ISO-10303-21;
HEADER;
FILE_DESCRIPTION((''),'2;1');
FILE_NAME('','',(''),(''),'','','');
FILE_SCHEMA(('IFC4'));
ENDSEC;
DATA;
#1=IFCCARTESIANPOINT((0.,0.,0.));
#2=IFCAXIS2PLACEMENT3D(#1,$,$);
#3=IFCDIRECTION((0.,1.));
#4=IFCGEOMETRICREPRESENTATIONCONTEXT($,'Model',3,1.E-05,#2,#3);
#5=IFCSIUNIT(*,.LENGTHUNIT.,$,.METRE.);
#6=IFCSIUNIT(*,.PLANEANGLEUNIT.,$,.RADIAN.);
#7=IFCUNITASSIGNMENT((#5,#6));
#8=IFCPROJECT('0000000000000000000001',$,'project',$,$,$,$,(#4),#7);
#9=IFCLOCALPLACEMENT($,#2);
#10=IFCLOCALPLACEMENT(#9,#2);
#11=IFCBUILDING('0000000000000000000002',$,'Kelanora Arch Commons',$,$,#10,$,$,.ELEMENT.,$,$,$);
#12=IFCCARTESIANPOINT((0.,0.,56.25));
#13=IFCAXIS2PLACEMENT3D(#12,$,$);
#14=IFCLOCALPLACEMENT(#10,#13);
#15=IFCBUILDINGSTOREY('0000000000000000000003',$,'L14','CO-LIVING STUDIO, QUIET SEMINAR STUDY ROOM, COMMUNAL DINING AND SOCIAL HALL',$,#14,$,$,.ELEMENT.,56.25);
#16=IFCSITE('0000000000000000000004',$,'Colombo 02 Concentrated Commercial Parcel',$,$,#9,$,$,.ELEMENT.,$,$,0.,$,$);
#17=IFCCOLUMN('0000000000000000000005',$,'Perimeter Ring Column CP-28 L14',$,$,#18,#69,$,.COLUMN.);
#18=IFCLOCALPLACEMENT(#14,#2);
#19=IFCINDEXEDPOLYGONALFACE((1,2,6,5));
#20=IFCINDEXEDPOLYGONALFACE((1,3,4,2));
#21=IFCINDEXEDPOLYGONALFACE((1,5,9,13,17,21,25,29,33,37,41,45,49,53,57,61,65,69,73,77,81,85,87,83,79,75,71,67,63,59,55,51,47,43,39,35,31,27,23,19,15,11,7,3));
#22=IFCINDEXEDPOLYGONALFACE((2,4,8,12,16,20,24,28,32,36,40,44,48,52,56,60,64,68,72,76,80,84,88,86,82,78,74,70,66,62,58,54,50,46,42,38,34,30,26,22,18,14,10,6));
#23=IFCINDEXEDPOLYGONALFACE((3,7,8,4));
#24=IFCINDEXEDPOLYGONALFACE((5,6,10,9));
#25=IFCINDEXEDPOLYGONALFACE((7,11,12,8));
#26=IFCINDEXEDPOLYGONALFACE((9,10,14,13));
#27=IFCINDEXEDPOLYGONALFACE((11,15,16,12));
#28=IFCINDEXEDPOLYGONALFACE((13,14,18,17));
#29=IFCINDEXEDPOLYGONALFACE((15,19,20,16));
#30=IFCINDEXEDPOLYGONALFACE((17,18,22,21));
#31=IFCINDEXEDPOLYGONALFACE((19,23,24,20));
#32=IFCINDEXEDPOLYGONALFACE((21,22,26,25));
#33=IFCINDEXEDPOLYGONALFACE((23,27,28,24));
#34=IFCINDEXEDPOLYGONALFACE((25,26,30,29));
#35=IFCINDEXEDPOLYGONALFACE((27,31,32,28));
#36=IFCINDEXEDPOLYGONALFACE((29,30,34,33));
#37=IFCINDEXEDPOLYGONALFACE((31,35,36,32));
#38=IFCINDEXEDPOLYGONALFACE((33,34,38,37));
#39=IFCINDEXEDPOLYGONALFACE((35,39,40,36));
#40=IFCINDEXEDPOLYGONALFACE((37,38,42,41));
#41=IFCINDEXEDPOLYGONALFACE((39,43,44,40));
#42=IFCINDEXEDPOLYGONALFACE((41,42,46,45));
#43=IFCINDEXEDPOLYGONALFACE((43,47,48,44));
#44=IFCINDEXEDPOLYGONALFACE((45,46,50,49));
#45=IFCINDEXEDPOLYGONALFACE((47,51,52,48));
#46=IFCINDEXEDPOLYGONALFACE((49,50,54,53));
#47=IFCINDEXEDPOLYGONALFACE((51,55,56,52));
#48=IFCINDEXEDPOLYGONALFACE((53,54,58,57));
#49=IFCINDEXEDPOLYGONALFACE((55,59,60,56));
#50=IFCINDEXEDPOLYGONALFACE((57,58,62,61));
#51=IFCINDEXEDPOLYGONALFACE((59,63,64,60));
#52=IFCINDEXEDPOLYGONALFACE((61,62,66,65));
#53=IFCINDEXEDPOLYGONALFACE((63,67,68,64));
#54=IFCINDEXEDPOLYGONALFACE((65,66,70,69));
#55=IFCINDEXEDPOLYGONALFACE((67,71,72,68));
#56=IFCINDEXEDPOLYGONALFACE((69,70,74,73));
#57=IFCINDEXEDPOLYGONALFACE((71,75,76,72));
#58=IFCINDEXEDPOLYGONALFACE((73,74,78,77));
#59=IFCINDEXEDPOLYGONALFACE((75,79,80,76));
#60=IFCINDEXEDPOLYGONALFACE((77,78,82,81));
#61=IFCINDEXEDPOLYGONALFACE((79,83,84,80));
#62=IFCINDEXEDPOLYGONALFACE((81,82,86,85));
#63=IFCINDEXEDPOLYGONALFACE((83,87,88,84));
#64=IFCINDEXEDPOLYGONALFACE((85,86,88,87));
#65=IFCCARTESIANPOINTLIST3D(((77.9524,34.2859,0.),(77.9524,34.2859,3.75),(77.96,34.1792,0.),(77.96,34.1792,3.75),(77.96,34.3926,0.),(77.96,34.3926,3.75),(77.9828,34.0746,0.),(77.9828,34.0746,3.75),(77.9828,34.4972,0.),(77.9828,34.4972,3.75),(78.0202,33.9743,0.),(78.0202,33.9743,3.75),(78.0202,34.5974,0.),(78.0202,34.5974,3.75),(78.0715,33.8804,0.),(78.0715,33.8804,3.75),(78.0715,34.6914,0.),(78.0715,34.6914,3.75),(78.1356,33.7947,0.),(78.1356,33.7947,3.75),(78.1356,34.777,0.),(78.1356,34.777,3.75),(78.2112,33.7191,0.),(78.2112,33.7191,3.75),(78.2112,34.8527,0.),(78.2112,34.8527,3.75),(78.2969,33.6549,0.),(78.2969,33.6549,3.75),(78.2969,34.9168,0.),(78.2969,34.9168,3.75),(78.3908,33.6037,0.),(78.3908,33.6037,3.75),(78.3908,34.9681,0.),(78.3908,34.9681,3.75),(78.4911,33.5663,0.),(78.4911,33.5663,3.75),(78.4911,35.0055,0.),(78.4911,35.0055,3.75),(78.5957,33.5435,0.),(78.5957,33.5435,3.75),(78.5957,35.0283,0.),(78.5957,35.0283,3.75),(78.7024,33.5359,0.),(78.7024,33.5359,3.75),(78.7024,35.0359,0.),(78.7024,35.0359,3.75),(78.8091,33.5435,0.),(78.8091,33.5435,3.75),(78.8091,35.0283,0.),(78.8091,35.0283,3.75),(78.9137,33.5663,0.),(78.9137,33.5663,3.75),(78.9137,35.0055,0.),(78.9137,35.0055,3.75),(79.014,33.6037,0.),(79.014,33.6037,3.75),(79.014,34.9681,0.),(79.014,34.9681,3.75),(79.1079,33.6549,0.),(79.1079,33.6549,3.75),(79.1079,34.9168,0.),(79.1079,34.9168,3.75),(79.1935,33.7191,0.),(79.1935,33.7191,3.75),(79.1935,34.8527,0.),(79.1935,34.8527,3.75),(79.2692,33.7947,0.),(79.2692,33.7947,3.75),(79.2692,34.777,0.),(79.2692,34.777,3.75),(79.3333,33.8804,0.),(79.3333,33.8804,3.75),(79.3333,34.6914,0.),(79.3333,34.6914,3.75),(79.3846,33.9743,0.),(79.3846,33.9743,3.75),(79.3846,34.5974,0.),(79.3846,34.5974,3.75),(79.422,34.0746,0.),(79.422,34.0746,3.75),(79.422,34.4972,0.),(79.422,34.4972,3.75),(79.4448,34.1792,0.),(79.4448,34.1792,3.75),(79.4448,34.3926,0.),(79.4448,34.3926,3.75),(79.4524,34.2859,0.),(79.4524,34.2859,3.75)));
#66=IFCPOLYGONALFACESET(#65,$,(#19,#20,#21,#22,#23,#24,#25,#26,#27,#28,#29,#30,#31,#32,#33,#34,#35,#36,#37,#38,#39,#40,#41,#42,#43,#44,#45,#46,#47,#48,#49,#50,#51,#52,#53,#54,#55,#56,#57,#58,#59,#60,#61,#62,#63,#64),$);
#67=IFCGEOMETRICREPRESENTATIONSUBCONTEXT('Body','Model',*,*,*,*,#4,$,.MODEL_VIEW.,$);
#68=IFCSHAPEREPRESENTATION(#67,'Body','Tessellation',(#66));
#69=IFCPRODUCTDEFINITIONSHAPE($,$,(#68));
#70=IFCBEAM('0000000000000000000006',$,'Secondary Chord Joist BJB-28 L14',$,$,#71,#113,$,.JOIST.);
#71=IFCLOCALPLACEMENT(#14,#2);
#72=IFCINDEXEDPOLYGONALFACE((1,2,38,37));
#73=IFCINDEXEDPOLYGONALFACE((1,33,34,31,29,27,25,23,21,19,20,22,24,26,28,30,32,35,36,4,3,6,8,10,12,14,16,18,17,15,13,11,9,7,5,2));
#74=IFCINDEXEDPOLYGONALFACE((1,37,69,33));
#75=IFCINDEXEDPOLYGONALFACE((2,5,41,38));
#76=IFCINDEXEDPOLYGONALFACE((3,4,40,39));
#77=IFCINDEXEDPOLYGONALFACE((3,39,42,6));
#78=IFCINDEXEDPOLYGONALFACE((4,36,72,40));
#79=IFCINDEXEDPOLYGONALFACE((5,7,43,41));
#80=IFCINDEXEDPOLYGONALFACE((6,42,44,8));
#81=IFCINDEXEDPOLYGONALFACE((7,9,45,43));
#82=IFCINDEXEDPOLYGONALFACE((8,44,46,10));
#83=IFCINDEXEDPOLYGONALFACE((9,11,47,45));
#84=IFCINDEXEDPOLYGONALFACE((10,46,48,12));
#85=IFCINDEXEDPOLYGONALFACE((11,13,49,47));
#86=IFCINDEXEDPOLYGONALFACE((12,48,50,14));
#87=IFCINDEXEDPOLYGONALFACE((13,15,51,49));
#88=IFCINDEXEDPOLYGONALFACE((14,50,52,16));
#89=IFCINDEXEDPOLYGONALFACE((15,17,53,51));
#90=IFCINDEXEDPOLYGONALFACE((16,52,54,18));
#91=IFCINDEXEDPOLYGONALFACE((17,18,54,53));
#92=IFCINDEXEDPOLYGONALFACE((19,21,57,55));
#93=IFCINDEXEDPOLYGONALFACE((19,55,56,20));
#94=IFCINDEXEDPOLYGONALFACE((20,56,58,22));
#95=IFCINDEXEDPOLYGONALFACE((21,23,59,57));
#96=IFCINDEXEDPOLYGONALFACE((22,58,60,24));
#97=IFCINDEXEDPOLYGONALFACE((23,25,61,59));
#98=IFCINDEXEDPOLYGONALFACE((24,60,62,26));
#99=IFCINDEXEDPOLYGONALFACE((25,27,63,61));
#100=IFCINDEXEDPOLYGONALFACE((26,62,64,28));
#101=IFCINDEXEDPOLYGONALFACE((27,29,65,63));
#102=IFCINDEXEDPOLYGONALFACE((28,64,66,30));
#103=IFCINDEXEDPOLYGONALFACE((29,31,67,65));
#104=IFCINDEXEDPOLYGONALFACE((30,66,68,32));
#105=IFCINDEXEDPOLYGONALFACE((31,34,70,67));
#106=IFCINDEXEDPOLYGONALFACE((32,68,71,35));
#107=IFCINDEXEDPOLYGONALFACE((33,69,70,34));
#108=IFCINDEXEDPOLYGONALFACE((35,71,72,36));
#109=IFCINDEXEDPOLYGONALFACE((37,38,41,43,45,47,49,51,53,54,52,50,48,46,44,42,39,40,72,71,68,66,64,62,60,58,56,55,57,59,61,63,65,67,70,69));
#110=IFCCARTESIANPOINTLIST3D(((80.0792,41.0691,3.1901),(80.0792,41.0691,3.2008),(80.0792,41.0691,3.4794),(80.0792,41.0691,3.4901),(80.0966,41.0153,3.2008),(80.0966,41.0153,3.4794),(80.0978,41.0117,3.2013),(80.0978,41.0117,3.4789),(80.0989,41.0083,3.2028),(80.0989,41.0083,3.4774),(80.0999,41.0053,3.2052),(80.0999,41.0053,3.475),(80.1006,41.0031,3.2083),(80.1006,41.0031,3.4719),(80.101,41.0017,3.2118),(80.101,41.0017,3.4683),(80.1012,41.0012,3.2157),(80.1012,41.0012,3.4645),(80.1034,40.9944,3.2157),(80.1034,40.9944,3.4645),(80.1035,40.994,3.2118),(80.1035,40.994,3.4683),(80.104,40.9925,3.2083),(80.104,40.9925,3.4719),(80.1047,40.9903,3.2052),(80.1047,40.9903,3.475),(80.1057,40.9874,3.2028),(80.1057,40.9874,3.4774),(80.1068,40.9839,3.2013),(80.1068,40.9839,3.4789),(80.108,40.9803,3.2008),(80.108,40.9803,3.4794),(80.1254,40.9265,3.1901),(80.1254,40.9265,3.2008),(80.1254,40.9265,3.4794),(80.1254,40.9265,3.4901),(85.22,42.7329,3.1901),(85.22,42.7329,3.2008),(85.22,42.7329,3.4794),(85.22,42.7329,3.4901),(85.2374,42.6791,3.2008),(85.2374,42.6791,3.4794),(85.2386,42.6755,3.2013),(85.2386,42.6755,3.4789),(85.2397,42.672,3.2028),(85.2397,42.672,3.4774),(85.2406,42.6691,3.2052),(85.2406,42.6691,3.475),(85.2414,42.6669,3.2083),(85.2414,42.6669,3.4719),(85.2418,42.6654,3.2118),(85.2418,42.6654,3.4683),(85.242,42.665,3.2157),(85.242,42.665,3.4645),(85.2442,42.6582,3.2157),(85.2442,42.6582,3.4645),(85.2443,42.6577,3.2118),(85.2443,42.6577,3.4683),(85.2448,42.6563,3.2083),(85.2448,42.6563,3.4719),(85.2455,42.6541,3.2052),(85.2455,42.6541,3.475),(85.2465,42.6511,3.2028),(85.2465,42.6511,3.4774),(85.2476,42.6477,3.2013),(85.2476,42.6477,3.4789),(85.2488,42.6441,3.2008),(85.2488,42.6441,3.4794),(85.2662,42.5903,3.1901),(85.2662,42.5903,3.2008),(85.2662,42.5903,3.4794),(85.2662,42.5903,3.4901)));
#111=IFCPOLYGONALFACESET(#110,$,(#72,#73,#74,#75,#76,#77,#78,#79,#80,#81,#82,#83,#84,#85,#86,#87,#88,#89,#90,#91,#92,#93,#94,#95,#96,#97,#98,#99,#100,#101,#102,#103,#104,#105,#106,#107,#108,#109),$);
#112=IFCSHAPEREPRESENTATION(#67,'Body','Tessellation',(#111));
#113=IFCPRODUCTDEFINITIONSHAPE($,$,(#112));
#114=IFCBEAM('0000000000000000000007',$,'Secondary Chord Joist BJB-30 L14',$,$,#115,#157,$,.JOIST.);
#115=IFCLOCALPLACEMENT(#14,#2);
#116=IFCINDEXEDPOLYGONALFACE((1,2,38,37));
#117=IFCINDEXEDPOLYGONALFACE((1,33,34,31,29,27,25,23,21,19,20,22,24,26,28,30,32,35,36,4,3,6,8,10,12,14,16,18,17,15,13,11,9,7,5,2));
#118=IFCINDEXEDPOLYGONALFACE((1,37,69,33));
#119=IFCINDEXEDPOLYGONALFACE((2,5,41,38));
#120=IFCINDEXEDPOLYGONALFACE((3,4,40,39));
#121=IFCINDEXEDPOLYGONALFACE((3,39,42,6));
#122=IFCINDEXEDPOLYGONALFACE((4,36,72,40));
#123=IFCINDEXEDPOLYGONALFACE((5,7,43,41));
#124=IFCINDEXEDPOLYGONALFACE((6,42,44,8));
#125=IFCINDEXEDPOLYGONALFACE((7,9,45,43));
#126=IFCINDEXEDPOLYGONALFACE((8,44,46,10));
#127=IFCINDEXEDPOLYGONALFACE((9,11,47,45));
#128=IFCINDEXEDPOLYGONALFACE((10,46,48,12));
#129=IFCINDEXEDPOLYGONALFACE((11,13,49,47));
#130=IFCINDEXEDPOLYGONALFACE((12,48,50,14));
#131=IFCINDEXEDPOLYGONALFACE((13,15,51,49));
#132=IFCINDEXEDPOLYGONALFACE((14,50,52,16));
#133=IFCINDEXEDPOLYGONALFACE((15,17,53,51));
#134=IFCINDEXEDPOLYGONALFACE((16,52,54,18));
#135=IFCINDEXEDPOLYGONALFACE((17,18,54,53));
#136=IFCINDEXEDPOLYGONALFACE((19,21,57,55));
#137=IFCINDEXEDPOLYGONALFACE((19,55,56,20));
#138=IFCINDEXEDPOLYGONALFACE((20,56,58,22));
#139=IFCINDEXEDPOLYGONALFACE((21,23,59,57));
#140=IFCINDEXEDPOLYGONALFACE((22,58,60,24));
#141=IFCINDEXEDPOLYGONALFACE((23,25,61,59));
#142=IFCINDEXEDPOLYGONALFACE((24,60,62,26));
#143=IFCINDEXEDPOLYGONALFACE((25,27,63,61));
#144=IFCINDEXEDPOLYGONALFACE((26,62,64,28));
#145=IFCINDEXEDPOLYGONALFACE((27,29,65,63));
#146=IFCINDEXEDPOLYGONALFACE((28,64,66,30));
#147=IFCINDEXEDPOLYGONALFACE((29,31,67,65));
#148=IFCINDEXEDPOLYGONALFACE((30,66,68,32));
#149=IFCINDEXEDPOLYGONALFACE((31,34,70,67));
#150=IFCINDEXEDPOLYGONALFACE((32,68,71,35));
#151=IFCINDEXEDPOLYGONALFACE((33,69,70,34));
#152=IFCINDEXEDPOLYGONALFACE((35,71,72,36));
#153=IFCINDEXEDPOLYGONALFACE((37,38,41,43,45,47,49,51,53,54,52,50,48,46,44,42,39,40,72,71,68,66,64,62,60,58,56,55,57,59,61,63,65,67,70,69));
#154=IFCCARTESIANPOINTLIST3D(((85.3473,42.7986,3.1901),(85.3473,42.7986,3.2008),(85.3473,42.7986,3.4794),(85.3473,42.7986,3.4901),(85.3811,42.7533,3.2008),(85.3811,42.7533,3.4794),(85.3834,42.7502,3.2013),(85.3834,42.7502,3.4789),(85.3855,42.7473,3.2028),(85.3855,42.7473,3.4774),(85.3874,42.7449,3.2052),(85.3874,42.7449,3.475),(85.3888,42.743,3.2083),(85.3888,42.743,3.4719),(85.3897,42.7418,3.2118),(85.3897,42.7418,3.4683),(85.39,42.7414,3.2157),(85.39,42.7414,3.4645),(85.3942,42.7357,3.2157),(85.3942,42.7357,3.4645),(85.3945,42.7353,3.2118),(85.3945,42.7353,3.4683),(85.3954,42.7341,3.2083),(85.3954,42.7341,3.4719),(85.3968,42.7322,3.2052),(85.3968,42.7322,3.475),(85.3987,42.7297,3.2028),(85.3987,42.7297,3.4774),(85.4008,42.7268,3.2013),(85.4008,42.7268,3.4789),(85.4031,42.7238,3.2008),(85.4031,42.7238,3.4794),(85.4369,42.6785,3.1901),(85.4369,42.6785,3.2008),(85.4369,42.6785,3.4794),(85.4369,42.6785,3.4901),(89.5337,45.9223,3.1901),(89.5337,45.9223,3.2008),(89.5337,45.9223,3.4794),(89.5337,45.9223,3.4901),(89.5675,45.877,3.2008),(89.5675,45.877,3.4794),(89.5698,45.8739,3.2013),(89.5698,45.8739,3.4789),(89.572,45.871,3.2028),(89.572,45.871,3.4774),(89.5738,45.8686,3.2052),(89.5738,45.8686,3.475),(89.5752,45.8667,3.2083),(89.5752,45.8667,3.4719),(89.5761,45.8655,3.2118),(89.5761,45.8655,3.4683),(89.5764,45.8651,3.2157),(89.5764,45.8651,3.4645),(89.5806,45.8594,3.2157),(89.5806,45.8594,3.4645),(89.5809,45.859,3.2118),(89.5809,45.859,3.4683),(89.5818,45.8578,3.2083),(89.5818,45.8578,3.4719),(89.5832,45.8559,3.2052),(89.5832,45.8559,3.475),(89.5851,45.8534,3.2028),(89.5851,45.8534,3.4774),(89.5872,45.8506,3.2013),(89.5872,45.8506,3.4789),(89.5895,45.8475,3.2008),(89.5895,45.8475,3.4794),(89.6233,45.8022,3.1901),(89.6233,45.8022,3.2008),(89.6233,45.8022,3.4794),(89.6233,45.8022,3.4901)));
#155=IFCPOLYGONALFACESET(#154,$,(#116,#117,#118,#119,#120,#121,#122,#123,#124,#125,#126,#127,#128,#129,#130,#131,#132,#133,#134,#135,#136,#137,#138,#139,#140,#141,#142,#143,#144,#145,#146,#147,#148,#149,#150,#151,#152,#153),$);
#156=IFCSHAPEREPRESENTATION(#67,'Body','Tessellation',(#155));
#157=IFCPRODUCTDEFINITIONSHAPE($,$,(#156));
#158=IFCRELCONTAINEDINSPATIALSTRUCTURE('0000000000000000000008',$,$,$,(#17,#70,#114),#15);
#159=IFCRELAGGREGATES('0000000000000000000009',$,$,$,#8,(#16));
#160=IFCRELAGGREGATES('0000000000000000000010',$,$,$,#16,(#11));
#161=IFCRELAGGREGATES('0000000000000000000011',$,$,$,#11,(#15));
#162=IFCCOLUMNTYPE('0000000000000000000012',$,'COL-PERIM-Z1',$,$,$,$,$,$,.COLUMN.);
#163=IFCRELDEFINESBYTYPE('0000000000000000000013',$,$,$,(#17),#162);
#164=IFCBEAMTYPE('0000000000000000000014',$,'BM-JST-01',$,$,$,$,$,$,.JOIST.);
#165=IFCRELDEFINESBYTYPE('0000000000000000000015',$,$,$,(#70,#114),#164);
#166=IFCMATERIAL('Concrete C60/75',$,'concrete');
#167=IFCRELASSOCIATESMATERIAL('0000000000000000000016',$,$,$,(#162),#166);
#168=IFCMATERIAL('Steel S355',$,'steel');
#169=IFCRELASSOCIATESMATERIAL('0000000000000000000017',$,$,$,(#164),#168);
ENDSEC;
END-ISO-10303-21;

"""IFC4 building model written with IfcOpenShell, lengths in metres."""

from ifc_helpers import new_model, si_unit, direction, frame, origin, origin_2d, place, context, subcontext, project, spatial, circle, i_section, extrude, material, material_profile, profile_set, type_object, element, save


model = new_model("IFC4")

# Units and contexts
model_context = context("Model", 3, precision=1e-05, world=origin(), true_north=direction((0.0, 1.0)))
body_context = subcontext(model_context, "Body", "Model", "MODEL_VIEW")
ifc_project = project(units=[si_unit("LENGTHUNIT", "METRE"), si_unit("PLANEANGLEUNIT", "RADIAN")], contexts=[model_context])

# Site, building, storey
site_placement = place(None, origin())
site = spatial("IfcSite", under=ifc_project, at=site_placement, Name="Colombo 02 Concentrated Commercial Parcel", CompositionType="ELEMENT", RefElevation=0.0)
building_placement = place(site_placement, origin())
building = spatial("IfcBuilding", under=site, at=building_placement, Name="Kelanora Arch Commons", CompositionType="ELEMENT")
storey_placement = place(building_placement, frame((0.0, 0.0, 56.25)))
storey = spatial("IfcBuildingStorey", under=building, at=storey_placement, Name="L14", Description="CO-LIVING STUDIO, QUIET SEMINAR STUDY ROOM, COMMUNAL DINING AND SOCIAL HALL", CompositionType="ELEMENT", Elevation=56.25)

# Column
ifc_material_1 = material(Name="Concrete C60/75", Category="concrete")
ifc_material_profile_1 = material_profile(ifc_material_1, circle(Radius=0.75, at=origin_2d()), Name="RCC1500")
ifc_profile_set_1 = profile_set([ifc_material_profile_1], Name="Concrete C60/75")
column_type = type_object("IfcColumnType", Name="COL-PERIM-Z1", PredefinedType="COLUMN", material=ifc_profile_set_1)
column_placement = place(storey_placement, frame((78.7024, 34.2859, 0.0), z_axis=(0.0, 0.0, 1.0), x_axis=(1.0, 0.0, 0.0)))
element("IfcColumn", 1, at=column_placement, inside=storey, type_object=column_type, Name="Perimeter Ring Column CP-28 L14", PredefinedType="COLUMN", context=body_context, shape_type="SweptSolid", body=[
    extrude(circle(Radius=0.75, at=origin_2d()), origin(), (0.0, 0.0, 1.0), 3.75),
])

# Beams
ifc_material_2 = material(Name="Steel S355", Category="steel")
ifc_material_profile_2 = material_profile(ifc_material_2, i_section(OverallWidth=0.1499, OverallDepth=0.3, WebThickness=0.0071, FlangeThickness=0.0107, FilletRadius=0.0149, at=origin_2d()), Name="IPE300")
ifc_profile_set_2 = profile_set([ifc_material_profile_2], Name="Steel S355")
beam_type_1 = type_object("IfcBeamType", Name="BM-JST-01", PredefinedType="JOIST", material=ifc_profile_set_2)
beam_1_placement = place(storey_placement, frame((80.1023, 40.9978, 3.3401), z_axis=(0.951412, 0.30792, 0.0), x_axis=(-0.30792, 0.951412, 0.0)))
element("IfcBeam", 2, at=beam_1_placement, inside=storey, type_object=beam_type_1, Name="Secondary Chord Joist BJB-28 L14", PredefinedType="JOIST", context=body_context, shape_type="SweptSolid", body=[
    extrude(i_section(OverallWidth=0.1499, OverallDepth=0.3, WebThickness=0.0071, FlangeThickness=0.0107, FilletRadius=0.0149, at=origin_2d()), origin(), (0.0, 0.0, 1.0), 5.4033),
])
beam_2_placement = place(storey_placement, frame((85.3921, 42.7385, 3.3401), z_axis=(0.801478, 0.598024, 0.0), x_axis=(-0.598024, 0.801478, 0.0)))
element("IfcBeam", 3, at=beam_2_placement, inside=storey, type_object=beam_type_1, Name="Secondary Chord Joist BJB-30 L14", PredefinedType="JOIST", context=body_context, shape_type="SweptSolid", body=[
    extrude(i_section(OverallWidth=0.1499, OverallDepth=0.3, WebThickness=0.0071, FlangeThickness=0.0107, FilletRadius=0.0149, at=origin_2d()), origin(), (0.0, 0.0, 1.0), 5.2234),
])

save(model, "model.ifc")
